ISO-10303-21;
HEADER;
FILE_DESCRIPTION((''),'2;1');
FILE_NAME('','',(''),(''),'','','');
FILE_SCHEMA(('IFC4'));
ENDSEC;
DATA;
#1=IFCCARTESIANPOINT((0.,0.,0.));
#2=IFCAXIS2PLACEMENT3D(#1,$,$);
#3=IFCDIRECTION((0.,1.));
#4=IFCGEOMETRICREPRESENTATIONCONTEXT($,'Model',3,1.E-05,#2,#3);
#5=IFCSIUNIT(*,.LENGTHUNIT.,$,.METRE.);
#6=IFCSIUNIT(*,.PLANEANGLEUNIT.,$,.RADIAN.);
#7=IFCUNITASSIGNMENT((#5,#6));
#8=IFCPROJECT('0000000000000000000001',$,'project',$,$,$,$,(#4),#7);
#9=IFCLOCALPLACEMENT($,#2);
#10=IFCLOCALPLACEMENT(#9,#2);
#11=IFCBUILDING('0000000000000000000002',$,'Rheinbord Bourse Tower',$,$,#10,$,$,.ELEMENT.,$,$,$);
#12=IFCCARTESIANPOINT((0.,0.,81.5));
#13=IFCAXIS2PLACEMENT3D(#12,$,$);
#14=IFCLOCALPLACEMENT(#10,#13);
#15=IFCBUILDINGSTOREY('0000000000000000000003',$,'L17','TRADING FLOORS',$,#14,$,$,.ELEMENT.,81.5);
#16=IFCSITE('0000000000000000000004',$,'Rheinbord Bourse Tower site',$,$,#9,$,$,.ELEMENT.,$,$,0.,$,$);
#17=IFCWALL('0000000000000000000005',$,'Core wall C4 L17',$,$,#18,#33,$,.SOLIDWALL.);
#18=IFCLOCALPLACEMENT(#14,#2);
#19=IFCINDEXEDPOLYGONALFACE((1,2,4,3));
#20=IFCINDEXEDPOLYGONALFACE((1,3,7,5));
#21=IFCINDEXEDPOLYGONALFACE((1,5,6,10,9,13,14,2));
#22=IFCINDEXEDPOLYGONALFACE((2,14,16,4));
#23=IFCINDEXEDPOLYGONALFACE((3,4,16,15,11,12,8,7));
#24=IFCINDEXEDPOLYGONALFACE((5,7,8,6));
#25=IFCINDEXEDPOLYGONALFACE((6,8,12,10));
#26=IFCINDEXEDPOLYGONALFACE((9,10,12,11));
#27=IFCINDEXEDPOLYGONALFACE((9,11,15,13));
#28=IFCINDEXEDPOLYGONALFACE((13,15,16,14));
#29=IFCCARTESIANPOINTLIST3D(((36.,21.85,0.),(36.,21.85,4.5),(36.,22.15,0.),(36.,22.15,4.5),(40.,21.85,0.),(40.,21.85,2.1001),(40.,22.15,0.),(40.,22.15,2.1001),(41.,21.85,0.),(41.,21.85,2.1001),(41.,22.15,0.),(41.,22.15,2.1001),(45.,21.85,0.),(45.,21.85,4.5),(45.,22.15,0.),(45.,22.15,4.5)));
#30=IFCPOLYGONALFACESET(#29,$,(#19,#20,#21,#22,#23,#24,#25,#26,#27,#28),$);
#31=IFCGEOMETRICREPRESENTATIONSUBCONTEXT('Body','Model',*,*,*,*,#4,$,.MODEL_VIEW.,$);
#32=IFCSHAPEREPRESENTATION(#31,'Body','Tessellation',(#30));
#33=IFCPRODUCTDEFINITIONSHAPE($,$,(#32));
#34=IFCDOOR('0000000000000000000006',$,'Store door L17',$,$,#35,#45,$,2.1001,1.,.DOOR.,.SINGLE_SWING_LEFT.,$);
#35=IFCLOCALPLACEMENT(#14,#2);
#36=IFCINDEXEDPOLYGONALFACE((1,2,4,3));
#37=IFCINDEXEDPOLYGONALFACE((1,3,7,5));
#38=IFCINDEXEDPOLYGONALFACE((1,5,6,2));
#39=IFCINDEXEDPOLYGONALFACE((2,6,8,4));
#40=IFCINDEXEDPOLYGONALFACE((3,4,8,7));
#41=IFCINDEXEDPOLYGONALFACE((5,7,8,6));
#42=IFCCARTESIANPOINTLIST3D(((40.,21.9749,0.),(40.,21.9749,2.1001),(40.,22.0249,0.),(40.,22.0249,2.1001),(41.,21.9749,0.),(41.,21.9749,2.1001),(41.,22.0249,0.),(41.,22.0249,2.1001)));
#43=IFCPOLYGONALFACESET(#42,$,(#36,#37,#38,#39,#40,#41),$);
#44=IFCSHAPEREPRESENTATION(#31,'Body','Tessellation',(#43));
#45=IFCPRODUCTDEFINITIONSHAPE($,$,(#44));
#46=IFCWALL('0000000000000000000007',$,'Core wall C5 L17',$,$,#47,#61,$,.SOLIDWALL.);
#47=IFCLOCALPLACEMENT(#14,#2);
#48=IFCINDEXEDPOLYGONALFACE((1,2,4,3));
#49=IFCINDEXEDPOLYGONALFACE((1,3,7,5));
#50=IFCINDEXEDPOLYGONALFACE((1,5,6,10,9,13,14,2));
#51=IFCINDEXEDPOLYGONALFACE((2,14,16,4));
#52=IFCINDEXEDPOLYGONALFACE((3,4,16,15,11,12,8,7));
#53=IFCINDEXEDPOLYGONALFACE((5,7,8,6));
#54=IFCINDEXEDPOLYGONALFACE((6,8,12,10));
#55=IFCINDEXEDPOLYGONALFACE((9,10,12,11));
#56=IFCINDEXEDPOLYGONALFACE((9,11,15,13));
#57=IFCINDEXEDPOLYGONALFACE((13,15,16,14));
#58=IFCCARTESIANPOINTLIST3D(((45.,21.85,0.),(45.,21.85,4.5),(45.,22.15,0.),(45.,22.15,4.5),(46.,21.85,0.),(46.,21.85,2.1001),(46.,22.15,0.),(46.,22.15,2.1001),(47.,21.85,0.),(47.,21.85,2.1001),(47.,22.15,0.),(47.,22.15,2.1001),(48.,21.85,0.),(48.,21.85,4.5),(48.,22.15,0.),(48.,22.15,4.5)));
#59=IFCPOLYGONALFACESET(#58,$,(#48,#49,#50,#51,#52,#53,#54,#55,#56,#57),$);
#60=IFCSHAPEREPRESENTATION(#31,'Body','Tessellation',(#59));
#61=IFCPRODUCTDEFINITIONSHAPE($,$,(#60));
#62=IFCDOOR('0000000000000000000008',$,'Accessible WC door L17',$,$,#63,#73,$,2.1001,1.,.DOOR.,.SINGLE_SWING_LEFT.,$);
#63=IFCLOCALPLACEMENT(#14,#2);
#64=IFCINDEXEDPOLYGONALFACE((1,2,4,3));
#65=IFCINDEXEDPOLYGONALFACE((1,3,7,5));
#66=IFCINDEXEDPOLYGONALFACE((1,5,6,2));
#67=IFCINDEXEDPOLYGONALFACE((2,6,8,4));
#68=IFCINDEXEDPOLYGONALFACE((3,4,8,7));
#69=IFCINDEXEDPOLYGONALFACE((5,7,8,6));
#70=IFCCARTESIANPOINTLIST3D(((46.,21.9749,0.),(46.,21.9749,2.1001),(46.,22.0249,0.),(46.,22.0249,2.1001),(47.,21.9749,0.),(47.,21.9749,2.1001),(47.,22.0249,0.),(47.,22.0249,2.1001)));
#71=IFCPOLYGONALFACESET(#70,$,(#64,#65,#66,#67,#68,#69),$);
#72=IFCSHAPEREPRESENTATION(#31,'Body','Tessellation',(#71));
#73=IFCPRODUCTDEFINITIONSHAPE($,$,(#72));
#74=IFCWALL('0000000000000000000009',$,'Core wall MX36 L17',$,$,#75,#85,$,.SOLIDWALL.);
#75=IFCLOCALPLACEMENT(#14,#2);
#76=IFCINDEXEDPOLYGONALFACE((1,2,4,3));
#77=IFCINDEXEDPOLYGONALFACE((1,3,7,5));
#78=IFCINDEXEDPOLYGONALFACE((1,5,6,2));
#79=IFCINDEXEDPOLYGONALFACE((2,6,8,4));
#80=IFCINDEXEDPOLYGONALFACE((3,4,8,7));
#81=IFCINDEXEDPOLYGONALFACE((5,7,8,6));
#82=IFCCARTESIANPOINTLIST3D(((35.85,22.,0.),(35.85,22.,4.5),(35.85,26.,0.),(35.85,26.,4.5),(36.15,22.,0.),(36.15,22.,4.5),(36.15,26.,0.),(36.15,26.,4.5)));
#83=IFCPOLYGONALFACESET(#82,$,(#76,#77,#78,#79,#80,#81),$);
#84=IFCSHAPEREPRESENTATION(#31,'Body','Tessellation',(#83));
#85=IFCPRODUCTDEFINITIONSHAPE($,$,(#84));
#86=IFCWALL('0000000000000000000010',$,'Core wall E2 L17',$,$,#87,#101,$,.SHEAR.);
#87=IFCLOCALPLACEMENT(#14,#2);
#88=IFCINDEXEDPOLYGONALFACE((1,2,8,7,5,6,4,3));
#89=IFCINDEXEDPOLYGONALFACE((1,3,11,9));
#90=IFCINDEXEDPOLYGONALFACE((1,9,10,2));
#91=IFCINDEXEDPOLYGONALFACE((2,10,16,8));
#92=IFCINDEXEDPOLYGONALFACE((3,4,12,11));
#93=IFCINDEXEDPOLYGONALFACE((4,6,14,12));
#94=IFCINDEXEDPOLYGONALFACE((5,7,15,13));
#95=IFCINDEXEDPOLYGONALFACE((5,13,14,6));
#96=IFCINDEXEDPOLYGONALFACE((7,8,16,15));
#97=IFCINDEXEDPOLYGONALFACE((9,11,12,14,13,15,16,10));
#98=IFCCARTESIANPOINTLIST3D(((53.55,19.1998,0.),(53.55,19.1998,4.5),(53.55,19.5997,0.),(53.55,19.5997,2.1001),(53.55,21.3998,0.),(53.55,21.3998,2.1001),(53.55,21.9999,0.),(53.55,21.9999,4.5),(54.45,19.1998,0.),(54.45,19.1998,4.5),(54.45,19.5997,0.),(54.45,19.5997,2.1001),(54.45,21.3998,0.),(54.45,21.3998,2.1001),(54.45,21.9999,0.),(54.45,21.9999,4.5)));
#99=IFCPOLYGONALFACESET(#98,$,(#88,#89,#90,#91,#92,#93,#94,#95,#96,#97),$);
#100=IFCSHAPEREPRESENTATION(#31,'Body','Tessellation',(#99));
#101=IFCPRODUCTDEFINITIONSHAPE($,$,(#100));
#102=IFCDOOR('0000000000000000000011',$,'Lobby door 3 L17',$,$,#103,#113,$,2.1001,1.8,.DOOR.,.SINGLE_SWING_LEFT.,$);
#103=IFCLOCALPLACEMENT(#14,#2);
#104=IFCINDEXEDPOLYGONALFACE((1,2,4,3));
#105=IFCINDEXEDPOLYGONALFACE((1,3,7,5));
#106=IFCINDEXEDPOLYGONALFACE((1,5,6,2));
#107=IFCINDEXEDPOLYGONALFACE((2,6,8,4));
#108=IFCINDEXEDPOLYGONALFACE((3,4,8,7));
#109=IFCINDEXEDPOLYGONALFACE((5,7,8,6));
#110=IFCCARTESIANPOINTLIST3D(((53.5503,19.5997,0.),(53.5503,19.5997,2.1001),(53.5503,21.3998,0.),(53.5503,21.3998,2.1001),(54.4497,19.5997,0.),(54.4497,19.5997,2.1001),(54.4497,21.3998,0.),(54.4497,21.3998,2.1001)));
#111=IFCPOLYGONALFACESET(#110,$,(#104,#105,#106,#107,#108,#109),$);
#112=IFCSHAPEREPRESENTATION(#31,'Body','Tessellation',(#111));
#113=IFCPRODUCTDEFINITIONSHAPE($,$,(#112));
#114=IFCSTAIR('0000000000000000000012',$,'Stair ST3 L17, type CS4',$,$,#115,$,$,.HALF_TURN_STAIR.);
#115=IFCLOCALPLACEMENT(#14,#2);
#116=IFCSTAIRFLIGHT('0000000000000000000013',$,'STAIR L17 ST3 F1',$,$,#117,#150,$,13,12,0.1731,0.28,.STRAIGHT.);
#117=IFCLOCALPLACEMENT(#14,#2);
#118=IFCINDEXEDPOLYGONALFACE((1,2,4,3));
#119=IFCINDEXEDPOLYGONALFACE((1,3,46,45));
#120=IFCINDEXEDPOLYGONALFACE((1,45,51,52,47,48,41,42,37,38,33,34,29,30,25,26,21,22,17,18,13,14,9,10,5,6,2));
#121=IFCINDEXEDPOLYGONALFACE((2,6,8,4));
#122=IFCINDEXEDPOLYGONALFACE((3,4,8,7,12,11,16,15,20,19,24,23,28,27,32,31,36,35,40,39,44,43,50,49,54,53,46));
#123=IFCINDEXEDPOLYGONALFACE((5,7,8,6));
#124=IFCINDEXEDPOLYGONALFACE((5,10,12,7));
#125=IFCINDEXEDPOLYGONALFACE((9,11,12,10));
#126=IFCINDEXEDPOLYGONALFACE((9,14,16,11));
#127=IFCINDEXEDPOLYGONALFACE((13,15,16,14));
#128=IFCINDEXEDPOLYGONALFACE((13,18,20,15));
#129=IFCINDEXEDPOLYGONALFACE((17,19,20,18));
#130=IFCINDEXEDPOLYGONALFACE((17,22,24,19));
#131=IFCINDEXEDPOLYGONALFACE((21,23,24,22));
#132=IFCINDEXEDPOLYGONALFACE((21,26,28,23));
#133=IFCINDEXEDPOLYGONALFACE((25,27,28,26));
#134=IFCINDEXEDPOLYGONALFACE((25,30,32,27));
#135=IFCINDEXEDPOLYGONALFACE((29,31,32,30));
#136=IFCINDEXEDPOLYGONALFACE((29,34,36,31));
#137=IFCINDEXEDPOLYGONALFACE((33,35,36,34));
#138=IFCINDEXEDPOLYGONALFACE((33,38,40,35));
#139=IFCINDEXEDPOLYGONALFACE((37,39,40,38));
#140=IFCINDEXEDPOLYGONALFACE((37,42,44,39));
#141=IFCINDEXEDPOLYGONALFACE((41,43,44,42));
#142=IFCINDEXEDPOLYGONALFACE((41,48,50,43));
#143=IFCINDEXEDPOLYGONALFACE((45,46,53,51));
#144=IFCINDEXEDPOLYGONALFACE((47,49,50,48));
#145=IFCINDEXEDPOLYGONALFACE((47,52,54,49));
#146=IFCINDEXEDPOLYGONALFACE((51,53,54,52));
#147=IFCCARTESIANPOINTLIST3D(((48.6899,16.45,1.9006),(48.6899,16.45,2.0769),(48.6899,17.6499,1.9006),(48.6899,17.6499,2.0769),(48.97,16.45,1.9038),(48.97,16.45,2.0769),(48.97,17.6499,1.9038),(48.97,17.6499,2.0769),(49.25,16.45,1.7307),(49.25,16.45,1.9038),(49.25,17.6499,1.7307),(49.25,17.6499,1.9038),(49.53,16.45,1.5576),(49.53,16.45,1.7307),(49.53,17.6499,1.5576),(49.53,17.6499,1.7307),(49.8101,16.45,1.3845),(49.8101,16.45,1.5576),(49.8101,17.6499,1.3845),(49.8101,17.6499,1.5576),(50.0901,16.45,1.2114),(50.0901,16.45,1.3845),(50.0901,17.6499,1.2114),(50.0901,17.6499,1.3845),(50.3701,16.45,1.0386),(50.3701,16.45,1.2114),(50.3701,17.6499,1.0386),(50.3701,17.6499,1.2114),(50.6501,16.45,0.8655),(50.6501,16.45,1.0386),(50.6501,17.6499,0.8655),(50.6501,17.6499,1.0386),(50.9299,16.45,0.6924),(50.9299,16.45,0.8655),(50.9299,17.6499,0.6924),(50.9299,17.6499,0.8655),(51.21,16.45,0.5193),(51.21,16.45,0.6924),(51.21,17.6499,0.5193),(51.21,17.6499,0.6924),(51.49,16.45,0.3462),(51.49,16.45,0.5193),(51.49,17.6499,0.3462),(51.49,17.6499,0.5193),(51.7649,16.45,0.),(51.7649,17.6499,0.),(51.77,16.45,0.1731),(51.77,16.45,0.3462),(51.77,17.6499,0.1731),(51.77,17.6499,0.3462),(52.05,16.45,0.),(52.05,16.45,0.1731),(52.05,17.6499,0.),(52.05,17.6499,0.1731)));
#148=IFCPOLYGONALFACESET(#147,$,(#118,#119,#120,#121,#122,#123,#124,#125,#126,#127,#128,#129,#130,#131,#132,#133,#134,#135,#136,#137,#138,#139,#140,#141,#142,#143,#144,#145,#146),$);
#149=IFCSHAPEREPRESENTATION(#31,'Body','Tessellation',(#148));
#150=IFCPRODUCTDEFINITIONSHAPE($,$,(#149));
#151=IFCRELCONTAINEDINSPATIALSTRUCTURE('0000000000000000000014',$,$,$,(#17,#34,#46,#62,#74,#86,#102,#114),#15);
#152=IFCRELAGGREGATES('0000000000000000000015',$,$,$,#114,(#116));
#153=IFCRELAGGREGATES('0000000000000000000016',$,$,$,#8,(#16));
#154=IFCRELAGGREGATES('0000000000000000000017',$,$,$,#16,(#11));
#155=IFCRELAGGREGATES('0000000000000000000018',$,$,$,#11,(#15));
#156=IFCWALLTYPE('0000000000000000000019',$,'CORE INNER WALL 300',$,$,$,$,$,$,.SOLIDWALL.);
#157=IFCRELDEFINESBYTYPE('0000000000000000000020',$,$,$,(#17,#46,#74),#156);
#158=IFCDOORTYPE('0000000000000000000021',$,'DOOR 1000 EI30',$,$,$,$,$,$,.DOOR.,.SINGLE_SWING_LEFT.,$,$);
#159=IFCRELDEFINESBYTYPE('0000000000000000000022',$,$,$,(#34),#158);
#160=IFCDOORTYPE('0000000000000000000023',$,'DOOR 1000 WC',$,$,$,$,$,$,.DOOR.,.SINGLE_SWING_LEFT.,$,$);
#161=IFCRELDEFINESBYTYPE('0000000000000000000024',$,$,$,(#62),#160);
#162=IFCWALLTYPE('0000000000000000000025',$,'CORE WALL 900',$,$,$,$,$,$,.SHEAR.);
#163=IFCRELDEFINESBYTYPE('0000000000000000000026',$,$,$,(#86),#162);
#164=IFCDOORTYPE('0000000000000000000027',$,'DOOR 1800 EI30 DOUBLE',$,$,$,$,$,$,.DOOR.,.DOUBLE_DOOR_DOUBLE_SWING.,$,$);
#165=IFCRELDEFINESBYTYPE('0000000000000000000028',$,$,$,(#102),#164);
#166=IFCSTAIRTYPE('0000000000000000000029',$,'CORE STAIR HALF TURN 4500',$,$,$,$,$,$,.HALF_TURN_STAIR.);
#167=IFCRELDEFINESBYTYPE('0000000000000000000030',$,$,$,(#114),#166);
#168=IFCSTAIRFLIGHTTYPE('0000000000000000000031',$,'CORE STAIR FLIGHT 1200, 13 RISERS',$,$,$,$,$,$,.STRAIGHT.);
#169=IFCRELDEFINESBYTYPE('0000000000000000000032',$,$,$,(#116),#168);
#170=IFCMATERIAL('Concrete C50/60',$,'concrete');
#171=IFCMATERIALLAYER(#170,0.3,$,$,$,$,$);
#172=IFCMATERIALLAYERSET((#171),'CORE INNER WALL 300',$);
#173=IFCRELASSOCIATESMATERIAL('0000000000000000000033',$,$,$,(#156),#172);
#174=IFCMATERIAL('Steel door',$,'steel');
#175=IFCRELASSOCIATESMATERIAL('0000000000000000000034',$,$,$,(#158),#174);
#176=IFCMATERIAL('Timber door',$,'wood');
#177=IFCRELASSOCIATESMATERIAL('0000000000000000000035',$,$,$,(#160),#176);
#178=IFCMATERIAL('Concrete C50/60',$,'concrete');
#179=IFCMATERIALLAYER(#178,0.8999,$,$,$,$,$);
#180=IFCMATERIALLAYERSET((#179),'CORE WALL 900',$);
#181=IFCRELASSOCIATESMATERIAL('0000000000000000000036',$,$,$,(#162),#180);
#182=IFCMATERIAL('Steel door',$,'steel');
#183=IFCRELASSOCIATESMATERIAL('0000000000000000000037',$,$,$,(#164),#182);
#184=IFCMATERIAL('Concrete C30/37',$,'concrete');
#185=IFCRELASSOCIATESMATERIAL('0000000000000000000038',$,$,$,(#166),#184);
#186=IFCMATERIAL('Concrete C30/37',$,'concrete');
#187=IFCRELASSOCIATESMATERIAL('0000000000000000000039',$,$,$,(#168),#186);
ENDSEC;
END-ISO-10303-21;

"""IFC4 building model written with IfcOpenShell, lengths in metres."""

from ifc_helpers import new_model, si_unit, direction, frame, frame_2d, origin, place, context, subcontext, project, spatial, polyline, rectangle, outline, extrude, material, layer, layer_set, type_object, element, fill, aggregate, save


model = new_model("IFC4")

# Units and contexts
model_context = context("Model", 3, precision=1e-05, world=origin(), true_north=direction((0.0, 1.0)))
body_context = subcontext(model_context, "Body", "Model", "MODEL_VIEW")
ifc_project = project(units=[si_unit("LENGTHUNIT", "METRE"), si_unit("PLANEANGLEUNIT", "RADIAN")], contexts=[model_context])

# Site, building, storey
site_placement = place(None, origin())
site = spatial("IfcSite", under=ifc_project, at=site_placement, Name="Rheinbord Bourse Tower site", CompositionType="ELEMENT", RefElevation=0.0)
building_placement = place(site_placement, origin())
building = spatial("IfcBuilding", under=site, at=building_placement, Name="Rheinbord Bourse Tower", CompositionType="ELEMENT")
storey_placement = place(building_placement, frame((0.0, 0.0, 81.5)))
storey = spatial("IfcBuildingStorey", under=building, at=storey_placement, Name="L17", Description="TRADING FLOORS", CompositionType="ELEMENT", Elevation=81.5)

# Shared definitions
ifc_material_1 = material(Name="Concrete C50/60", Category="concrete")
ifc_layer_1 = layer(ifc_material_1, 0.3)
ifc_layer_set_1 = layer_set([ifc_layer_1], Name="CORE INNER WALL 300")
wall_type_1 = type_object("IfcWallType", Name="CORE INNER WALL 300", PredefinedType="SOLIDWALL", material=ifc_layer_set_1)

# Walls, openings, doors
ifc_material_2 = material(Name="Steel door", Category="steel")
door_type_1 = type_object("IfcDoorType", Name="DOOR 1000 EI30", OperationType="SINGLE_SWING_LEFT", PredefinedType="DOOR", material=ifc_material_2)
wall_1_placement = place(storey_placement, frame((36.0, 22.0, 0.0), z_axis=(0.0, 0.0, 1.0), x_axis=(1.0, 0.0, 0.0)))
wall_1 = element("IfcWall", 1, at=wall_1_placement, inside=storey, type_object=wall_type_1, Name="Core wall C4 L17", PredefinedType="SOLIDWALL", context=body_context, shape_type="SweptSolid", body=[
    extrude(rectangle(XDim=9.0, YDim=0.3, at=frame_2d((4.5, 0.0))), origin(), (0.0, 0.0, 1.0), 4.5),
])
opening_1_placement = place(wall_1_placement, frame((4.0, 0.0, 0.0)))
opening_1 = element("IfcOpeningElement", 2, at=opening_1_placement, cuts=wall_1, PredefinedType="OPENING", context=body_context, shape_type="SweptSolid", body=[
    extrude(rectangle(XDim=1.0, YDim=2.1001, at=frame_2d((0.5, 1.05))), frame((0.0, 0.1599, 0.0), z_axis=(0.0, -1.0, 0.0), x_axis=(1.0, 0.0, 0.0)), (0.0, 0.0, 1.0), 0.3201),
])
door_1_placement = place(opening_1_placement, origin())
door_1 = element("IfcDoor", 3, at=door_1_placement, inside=storey, type_object=door_type_1, Name="Store door L17", OperationType="SINGLE_SWING_LEFT", OverallHeight=2.1001, OverallWidth=1.0, PredefinedType="DOOR", context=body_context, shape_type="SweptSolid", body=[
    extrude(rectangle(XDim=1.0, YDim=2.1001, at=frame_2d((0.5, 1.05))), frame((0.0, 0.0249, 0.0), z_axis=(0.0, -1.0, 0.0), x_axis=(1.0, 0.0, 0.0)), (0.0, 0.0, 1.0), 0.05),
])
fill(opening_1, door_1)
wall_2_placement = place(storey_placement, frame((45.0, 22.0, 0.0), z_axis=(0.0, 0.0, 1.0), x_axis=(1.0, 0.0, 0.0)))
wall_2 = element("IfcWall", 4, at=wall_2_placement, inside=storey, type_object=wall_type_1, Name="Core wall C5 L17", PredefinedType="SOLIDWALL", context=body_context, shape_type="SweptSolid", body=[
    extrude(rectangle(XDim=3.0, YDim=0.3, at=frame_2d((1.5, 0.0))), origin(), (0.0, 0.0, 1.0), 4.5),
])
opening_2_placement = place(wall_2_placement, frame((1.0, 0.0, 0.0)))
opening_2 = element("IfcOpeningElement", 5, at=opening_2_placement, cuts=wall_2, PredefinedType="OPENING", context=body_context, shape_type="SweptSolid", body=[
    extrude(rectangle(XDim=1.0, YDim=2.1001, at=frame_2d((0.5, 1.05))), frame((0.0, 0.1599, 0.0), z_axis=(0.0, -1.0, 0.0), x_axis=(1.0, 0.0, 0.0)), (0.0, 0.0, 1.0), 0.3201),
])
ifc_material_3 = material(Name="Timber door", Category="wood")
door_type_2 = type_object("IfcDoorType", Name="DOOR 1000 WC", OperationType="SINGLE_SWING_LEFT", PredefinedType="DOOR", material=ifc_material_3)
door_2_placement = place(opening_2_placement, origin())
door_2 = element("IfcDoor", 6, at=door_2_placement, inside=storey, type_object=door_type_2, Name="Accessible WC door L17", OperationType="SINGLE_SWING_LEFT", OverallHeight=2.1001, OverallWidth=1.0, PredefinedType="DOOR", context=body_context, shape_type="SweptSolid", body=[
    extrude(rectangle(XDim=1.0, YDim=2.1001, at=frame_2d((0.5, 1.05))), frame((0.0, 0.0249, 0.0), z_axis=(0.0, -1.0, 0.0), x_axis=(1.0, 0.0, 0.0)), (0.0, 0.0, 1.0), 0.05),
])
fill(opening_2, door_2)

# Wall
wall_3_placement = place(storey_placement, frame((36.0, 22.0, 0.0), z_axis=(0.0, 0.0, 1.0), x_axis=(0.0, 1.0, 0.0)))
element("IfcWall", 7, at=wall_3_placement, inside=storey, type_object=wall_type_1, Name="Core wall MX36 L17", PredefinedType="SOLIDWALL", context=body_context, shape_type="SweptSolid", body=[
    extrude(rectangle(XDim=4.0, YDim=0.3, at=frame_2d((2.0, 0.0))), origin(), (0.0, 0.0, 1.0), 4.5),
])

# Wall, opening, door
ifc_material_4 = material(Name="Concrete C50/60", Category="concrete")
ifc_layer_2 = layer(ifc_material_4, 0.8999)
ifc_layer_set_2 = layer_set([ifc_layer_2], Name="CORE WALL 900")
wall_type_2 = type_object("IfcWallType", Name="CORE WALL 900", PredefinedType="SHEAR", material=ifc_layer_set_2)
wall_4_placement = place(storey_placement, frame((54.0, 19.2, 0.0), z_axis=(0.0, 0.0, 1.0), x_axis=(0.0, 1.0, 0.0)))
wall_4 = element("IfcWall", 8, at=wall_4_placement, inside=storey, type_object=wall_type_2, Name="Core wall E2 L17", PredefinedType="SHEAR", context=body_context, shape_type="SweptSolid", body=[
    extrude(rectangle(XDim=2.8, YDim=0.8999, at=frame_2d((1.3999, 0.0))), origin(), (0.0, 0.0, 1.0), 4.5),
])
opening_3_placement = place(wall_4_placement, frame((0.3999, 0.0, 0.0)))
opening_3 = element("IfcOpeningElement", 9, at=opening_3_placement, cuts=wall_4, PredefinedType="OPENING", context=body_context, shape_type="SweptSolid", body=[
    extrude(rectangle(XDim=1.8, YDim=2.1001, at=frame_2d((0.8999, 1.05))), frame((0.0, 0.46, 0.0), z_axis=(0.0, -1.0, 0.0), x_axis=(1.0, 0.0, 0.0)), (0.0, 0.0, 1.0), 0.9199),
])
ifc_material_5 = material(Name="Steel door", Category="steel")
door_type_3 = type_object("IfcDoorType", Name="DOOR 1800 EI30 DOUBLE", OperationType="DOUBLE_DOOR_DOUBLE_SWING", PredefinedType="DOOR", material=ifc_material_5)
door_3_placement = place(opening_3_placement, origin())
door_3 = element("IfcDoor", 10, at=door_3_placement, inside=storey, type_object=door_type_3, Name="Lobby door 3 L17", OperationType="SINGLE_SWING_LEFT", OverallHeight=2.1001, OverallWidth=1.8, PredefinedType="DOOR", context=body_context, shape_type="SweptSolid", body=[
    extrude(rectangle(XDim=1.8, YDim=2.1001, at=frame_2d((0.8999, 1.05))), frame((0.0, 0.4497, 0.0), z_axis=(0.0, -1.0, 0.0), x_axis=(1.0, 0.0, 0.0)), (0.0, 0.0, 1.0), 0.8994),
])
fill(opening_3, door_3)

# Stair, stair flight
ifc_material_6 = material(Name="Concrete C30/37", Category="concrete")
stair_type = type_object("IfcStairType", Name="CORE STAIR HALF TURN 4500", PredefinedType="HALF_TURN_STAIR", material=ifc_material_6)
stair_placement = place(storey_placement, origin())
stair = element("IfcStair", 11, at=stair_placement, inside=storey, type_object=stair_type, Name="Stair ST3 L17, type CS4", PredefinedType="HALF_TURN_STAIR")
ifc_material_7 = material(Name="Concrete C30/37", Category="concrete")
stair_flight_type = type_object("IfcStairFlightType", Name="CORE STAIR FLIGHT 1200, 13 RISERS", PredefinedType="STRAIGHT", material=ifc_material_7)
stair_flight_1_placement = place(storey_placement, frame((52.05, 17.05, 0.0), z_axis=(0.0, 0.0, 1.0), x_axis=(-1.0, 0.0, 0.0)))
stair_flight_1 = element("IfcStairFlight", 12, at=stair_flight_1_placement, type_object=stair_flight_type, Name="STAIR L17 ST3 F1", NumberOfRisers=13, NumberOfTreads=12, PredefinedType="STRAIGHT", RiserHeight=0.1731, TreadLength=0.28, context=body_context, shape_type="SweptSolid", body=[
    extrude(outline(polyline([(0.0, 0.0), (0.0, 0.1731), (0.28, 0.1731), (0.28, 0.3462), (0.5601, 0.3462), (0.5601, 0.5193), (0.8401, 0.5193), (0.8401, 0.6924), (1.1201, 0.6924), (1.1201, 0.8655), (1.3999, 0.8655), (1.3999, 1.0386), (1.6799, 1.0386), (1.6799, 1.2114), (1.96, 1.2114), (1.96, 1.3845), (2.24, 1.3845), (2.24, 1.5576), (2.52, 1.5576), (2.52, 1.7307), (2.8, 1.7307), (2.8, 1.9038), (3.0801, 1.9038), (3.0801, 2.0769), (3.3601, 2.0769), (3.3601, 2.25), (3.3601, 1.9006), (0.2852, 0.0), (0.0, 0.0)])), frame((0.0, 0.6001, 0.0), z_axis=(0.0, -1.0, 0.0), x_axis=(1.0, 0.0, 0.0)), (0.0, 0.0, 1.0), 1.2),
])
aggregate(stair, [stair_flight_1])

save(model, "model.ifc")
